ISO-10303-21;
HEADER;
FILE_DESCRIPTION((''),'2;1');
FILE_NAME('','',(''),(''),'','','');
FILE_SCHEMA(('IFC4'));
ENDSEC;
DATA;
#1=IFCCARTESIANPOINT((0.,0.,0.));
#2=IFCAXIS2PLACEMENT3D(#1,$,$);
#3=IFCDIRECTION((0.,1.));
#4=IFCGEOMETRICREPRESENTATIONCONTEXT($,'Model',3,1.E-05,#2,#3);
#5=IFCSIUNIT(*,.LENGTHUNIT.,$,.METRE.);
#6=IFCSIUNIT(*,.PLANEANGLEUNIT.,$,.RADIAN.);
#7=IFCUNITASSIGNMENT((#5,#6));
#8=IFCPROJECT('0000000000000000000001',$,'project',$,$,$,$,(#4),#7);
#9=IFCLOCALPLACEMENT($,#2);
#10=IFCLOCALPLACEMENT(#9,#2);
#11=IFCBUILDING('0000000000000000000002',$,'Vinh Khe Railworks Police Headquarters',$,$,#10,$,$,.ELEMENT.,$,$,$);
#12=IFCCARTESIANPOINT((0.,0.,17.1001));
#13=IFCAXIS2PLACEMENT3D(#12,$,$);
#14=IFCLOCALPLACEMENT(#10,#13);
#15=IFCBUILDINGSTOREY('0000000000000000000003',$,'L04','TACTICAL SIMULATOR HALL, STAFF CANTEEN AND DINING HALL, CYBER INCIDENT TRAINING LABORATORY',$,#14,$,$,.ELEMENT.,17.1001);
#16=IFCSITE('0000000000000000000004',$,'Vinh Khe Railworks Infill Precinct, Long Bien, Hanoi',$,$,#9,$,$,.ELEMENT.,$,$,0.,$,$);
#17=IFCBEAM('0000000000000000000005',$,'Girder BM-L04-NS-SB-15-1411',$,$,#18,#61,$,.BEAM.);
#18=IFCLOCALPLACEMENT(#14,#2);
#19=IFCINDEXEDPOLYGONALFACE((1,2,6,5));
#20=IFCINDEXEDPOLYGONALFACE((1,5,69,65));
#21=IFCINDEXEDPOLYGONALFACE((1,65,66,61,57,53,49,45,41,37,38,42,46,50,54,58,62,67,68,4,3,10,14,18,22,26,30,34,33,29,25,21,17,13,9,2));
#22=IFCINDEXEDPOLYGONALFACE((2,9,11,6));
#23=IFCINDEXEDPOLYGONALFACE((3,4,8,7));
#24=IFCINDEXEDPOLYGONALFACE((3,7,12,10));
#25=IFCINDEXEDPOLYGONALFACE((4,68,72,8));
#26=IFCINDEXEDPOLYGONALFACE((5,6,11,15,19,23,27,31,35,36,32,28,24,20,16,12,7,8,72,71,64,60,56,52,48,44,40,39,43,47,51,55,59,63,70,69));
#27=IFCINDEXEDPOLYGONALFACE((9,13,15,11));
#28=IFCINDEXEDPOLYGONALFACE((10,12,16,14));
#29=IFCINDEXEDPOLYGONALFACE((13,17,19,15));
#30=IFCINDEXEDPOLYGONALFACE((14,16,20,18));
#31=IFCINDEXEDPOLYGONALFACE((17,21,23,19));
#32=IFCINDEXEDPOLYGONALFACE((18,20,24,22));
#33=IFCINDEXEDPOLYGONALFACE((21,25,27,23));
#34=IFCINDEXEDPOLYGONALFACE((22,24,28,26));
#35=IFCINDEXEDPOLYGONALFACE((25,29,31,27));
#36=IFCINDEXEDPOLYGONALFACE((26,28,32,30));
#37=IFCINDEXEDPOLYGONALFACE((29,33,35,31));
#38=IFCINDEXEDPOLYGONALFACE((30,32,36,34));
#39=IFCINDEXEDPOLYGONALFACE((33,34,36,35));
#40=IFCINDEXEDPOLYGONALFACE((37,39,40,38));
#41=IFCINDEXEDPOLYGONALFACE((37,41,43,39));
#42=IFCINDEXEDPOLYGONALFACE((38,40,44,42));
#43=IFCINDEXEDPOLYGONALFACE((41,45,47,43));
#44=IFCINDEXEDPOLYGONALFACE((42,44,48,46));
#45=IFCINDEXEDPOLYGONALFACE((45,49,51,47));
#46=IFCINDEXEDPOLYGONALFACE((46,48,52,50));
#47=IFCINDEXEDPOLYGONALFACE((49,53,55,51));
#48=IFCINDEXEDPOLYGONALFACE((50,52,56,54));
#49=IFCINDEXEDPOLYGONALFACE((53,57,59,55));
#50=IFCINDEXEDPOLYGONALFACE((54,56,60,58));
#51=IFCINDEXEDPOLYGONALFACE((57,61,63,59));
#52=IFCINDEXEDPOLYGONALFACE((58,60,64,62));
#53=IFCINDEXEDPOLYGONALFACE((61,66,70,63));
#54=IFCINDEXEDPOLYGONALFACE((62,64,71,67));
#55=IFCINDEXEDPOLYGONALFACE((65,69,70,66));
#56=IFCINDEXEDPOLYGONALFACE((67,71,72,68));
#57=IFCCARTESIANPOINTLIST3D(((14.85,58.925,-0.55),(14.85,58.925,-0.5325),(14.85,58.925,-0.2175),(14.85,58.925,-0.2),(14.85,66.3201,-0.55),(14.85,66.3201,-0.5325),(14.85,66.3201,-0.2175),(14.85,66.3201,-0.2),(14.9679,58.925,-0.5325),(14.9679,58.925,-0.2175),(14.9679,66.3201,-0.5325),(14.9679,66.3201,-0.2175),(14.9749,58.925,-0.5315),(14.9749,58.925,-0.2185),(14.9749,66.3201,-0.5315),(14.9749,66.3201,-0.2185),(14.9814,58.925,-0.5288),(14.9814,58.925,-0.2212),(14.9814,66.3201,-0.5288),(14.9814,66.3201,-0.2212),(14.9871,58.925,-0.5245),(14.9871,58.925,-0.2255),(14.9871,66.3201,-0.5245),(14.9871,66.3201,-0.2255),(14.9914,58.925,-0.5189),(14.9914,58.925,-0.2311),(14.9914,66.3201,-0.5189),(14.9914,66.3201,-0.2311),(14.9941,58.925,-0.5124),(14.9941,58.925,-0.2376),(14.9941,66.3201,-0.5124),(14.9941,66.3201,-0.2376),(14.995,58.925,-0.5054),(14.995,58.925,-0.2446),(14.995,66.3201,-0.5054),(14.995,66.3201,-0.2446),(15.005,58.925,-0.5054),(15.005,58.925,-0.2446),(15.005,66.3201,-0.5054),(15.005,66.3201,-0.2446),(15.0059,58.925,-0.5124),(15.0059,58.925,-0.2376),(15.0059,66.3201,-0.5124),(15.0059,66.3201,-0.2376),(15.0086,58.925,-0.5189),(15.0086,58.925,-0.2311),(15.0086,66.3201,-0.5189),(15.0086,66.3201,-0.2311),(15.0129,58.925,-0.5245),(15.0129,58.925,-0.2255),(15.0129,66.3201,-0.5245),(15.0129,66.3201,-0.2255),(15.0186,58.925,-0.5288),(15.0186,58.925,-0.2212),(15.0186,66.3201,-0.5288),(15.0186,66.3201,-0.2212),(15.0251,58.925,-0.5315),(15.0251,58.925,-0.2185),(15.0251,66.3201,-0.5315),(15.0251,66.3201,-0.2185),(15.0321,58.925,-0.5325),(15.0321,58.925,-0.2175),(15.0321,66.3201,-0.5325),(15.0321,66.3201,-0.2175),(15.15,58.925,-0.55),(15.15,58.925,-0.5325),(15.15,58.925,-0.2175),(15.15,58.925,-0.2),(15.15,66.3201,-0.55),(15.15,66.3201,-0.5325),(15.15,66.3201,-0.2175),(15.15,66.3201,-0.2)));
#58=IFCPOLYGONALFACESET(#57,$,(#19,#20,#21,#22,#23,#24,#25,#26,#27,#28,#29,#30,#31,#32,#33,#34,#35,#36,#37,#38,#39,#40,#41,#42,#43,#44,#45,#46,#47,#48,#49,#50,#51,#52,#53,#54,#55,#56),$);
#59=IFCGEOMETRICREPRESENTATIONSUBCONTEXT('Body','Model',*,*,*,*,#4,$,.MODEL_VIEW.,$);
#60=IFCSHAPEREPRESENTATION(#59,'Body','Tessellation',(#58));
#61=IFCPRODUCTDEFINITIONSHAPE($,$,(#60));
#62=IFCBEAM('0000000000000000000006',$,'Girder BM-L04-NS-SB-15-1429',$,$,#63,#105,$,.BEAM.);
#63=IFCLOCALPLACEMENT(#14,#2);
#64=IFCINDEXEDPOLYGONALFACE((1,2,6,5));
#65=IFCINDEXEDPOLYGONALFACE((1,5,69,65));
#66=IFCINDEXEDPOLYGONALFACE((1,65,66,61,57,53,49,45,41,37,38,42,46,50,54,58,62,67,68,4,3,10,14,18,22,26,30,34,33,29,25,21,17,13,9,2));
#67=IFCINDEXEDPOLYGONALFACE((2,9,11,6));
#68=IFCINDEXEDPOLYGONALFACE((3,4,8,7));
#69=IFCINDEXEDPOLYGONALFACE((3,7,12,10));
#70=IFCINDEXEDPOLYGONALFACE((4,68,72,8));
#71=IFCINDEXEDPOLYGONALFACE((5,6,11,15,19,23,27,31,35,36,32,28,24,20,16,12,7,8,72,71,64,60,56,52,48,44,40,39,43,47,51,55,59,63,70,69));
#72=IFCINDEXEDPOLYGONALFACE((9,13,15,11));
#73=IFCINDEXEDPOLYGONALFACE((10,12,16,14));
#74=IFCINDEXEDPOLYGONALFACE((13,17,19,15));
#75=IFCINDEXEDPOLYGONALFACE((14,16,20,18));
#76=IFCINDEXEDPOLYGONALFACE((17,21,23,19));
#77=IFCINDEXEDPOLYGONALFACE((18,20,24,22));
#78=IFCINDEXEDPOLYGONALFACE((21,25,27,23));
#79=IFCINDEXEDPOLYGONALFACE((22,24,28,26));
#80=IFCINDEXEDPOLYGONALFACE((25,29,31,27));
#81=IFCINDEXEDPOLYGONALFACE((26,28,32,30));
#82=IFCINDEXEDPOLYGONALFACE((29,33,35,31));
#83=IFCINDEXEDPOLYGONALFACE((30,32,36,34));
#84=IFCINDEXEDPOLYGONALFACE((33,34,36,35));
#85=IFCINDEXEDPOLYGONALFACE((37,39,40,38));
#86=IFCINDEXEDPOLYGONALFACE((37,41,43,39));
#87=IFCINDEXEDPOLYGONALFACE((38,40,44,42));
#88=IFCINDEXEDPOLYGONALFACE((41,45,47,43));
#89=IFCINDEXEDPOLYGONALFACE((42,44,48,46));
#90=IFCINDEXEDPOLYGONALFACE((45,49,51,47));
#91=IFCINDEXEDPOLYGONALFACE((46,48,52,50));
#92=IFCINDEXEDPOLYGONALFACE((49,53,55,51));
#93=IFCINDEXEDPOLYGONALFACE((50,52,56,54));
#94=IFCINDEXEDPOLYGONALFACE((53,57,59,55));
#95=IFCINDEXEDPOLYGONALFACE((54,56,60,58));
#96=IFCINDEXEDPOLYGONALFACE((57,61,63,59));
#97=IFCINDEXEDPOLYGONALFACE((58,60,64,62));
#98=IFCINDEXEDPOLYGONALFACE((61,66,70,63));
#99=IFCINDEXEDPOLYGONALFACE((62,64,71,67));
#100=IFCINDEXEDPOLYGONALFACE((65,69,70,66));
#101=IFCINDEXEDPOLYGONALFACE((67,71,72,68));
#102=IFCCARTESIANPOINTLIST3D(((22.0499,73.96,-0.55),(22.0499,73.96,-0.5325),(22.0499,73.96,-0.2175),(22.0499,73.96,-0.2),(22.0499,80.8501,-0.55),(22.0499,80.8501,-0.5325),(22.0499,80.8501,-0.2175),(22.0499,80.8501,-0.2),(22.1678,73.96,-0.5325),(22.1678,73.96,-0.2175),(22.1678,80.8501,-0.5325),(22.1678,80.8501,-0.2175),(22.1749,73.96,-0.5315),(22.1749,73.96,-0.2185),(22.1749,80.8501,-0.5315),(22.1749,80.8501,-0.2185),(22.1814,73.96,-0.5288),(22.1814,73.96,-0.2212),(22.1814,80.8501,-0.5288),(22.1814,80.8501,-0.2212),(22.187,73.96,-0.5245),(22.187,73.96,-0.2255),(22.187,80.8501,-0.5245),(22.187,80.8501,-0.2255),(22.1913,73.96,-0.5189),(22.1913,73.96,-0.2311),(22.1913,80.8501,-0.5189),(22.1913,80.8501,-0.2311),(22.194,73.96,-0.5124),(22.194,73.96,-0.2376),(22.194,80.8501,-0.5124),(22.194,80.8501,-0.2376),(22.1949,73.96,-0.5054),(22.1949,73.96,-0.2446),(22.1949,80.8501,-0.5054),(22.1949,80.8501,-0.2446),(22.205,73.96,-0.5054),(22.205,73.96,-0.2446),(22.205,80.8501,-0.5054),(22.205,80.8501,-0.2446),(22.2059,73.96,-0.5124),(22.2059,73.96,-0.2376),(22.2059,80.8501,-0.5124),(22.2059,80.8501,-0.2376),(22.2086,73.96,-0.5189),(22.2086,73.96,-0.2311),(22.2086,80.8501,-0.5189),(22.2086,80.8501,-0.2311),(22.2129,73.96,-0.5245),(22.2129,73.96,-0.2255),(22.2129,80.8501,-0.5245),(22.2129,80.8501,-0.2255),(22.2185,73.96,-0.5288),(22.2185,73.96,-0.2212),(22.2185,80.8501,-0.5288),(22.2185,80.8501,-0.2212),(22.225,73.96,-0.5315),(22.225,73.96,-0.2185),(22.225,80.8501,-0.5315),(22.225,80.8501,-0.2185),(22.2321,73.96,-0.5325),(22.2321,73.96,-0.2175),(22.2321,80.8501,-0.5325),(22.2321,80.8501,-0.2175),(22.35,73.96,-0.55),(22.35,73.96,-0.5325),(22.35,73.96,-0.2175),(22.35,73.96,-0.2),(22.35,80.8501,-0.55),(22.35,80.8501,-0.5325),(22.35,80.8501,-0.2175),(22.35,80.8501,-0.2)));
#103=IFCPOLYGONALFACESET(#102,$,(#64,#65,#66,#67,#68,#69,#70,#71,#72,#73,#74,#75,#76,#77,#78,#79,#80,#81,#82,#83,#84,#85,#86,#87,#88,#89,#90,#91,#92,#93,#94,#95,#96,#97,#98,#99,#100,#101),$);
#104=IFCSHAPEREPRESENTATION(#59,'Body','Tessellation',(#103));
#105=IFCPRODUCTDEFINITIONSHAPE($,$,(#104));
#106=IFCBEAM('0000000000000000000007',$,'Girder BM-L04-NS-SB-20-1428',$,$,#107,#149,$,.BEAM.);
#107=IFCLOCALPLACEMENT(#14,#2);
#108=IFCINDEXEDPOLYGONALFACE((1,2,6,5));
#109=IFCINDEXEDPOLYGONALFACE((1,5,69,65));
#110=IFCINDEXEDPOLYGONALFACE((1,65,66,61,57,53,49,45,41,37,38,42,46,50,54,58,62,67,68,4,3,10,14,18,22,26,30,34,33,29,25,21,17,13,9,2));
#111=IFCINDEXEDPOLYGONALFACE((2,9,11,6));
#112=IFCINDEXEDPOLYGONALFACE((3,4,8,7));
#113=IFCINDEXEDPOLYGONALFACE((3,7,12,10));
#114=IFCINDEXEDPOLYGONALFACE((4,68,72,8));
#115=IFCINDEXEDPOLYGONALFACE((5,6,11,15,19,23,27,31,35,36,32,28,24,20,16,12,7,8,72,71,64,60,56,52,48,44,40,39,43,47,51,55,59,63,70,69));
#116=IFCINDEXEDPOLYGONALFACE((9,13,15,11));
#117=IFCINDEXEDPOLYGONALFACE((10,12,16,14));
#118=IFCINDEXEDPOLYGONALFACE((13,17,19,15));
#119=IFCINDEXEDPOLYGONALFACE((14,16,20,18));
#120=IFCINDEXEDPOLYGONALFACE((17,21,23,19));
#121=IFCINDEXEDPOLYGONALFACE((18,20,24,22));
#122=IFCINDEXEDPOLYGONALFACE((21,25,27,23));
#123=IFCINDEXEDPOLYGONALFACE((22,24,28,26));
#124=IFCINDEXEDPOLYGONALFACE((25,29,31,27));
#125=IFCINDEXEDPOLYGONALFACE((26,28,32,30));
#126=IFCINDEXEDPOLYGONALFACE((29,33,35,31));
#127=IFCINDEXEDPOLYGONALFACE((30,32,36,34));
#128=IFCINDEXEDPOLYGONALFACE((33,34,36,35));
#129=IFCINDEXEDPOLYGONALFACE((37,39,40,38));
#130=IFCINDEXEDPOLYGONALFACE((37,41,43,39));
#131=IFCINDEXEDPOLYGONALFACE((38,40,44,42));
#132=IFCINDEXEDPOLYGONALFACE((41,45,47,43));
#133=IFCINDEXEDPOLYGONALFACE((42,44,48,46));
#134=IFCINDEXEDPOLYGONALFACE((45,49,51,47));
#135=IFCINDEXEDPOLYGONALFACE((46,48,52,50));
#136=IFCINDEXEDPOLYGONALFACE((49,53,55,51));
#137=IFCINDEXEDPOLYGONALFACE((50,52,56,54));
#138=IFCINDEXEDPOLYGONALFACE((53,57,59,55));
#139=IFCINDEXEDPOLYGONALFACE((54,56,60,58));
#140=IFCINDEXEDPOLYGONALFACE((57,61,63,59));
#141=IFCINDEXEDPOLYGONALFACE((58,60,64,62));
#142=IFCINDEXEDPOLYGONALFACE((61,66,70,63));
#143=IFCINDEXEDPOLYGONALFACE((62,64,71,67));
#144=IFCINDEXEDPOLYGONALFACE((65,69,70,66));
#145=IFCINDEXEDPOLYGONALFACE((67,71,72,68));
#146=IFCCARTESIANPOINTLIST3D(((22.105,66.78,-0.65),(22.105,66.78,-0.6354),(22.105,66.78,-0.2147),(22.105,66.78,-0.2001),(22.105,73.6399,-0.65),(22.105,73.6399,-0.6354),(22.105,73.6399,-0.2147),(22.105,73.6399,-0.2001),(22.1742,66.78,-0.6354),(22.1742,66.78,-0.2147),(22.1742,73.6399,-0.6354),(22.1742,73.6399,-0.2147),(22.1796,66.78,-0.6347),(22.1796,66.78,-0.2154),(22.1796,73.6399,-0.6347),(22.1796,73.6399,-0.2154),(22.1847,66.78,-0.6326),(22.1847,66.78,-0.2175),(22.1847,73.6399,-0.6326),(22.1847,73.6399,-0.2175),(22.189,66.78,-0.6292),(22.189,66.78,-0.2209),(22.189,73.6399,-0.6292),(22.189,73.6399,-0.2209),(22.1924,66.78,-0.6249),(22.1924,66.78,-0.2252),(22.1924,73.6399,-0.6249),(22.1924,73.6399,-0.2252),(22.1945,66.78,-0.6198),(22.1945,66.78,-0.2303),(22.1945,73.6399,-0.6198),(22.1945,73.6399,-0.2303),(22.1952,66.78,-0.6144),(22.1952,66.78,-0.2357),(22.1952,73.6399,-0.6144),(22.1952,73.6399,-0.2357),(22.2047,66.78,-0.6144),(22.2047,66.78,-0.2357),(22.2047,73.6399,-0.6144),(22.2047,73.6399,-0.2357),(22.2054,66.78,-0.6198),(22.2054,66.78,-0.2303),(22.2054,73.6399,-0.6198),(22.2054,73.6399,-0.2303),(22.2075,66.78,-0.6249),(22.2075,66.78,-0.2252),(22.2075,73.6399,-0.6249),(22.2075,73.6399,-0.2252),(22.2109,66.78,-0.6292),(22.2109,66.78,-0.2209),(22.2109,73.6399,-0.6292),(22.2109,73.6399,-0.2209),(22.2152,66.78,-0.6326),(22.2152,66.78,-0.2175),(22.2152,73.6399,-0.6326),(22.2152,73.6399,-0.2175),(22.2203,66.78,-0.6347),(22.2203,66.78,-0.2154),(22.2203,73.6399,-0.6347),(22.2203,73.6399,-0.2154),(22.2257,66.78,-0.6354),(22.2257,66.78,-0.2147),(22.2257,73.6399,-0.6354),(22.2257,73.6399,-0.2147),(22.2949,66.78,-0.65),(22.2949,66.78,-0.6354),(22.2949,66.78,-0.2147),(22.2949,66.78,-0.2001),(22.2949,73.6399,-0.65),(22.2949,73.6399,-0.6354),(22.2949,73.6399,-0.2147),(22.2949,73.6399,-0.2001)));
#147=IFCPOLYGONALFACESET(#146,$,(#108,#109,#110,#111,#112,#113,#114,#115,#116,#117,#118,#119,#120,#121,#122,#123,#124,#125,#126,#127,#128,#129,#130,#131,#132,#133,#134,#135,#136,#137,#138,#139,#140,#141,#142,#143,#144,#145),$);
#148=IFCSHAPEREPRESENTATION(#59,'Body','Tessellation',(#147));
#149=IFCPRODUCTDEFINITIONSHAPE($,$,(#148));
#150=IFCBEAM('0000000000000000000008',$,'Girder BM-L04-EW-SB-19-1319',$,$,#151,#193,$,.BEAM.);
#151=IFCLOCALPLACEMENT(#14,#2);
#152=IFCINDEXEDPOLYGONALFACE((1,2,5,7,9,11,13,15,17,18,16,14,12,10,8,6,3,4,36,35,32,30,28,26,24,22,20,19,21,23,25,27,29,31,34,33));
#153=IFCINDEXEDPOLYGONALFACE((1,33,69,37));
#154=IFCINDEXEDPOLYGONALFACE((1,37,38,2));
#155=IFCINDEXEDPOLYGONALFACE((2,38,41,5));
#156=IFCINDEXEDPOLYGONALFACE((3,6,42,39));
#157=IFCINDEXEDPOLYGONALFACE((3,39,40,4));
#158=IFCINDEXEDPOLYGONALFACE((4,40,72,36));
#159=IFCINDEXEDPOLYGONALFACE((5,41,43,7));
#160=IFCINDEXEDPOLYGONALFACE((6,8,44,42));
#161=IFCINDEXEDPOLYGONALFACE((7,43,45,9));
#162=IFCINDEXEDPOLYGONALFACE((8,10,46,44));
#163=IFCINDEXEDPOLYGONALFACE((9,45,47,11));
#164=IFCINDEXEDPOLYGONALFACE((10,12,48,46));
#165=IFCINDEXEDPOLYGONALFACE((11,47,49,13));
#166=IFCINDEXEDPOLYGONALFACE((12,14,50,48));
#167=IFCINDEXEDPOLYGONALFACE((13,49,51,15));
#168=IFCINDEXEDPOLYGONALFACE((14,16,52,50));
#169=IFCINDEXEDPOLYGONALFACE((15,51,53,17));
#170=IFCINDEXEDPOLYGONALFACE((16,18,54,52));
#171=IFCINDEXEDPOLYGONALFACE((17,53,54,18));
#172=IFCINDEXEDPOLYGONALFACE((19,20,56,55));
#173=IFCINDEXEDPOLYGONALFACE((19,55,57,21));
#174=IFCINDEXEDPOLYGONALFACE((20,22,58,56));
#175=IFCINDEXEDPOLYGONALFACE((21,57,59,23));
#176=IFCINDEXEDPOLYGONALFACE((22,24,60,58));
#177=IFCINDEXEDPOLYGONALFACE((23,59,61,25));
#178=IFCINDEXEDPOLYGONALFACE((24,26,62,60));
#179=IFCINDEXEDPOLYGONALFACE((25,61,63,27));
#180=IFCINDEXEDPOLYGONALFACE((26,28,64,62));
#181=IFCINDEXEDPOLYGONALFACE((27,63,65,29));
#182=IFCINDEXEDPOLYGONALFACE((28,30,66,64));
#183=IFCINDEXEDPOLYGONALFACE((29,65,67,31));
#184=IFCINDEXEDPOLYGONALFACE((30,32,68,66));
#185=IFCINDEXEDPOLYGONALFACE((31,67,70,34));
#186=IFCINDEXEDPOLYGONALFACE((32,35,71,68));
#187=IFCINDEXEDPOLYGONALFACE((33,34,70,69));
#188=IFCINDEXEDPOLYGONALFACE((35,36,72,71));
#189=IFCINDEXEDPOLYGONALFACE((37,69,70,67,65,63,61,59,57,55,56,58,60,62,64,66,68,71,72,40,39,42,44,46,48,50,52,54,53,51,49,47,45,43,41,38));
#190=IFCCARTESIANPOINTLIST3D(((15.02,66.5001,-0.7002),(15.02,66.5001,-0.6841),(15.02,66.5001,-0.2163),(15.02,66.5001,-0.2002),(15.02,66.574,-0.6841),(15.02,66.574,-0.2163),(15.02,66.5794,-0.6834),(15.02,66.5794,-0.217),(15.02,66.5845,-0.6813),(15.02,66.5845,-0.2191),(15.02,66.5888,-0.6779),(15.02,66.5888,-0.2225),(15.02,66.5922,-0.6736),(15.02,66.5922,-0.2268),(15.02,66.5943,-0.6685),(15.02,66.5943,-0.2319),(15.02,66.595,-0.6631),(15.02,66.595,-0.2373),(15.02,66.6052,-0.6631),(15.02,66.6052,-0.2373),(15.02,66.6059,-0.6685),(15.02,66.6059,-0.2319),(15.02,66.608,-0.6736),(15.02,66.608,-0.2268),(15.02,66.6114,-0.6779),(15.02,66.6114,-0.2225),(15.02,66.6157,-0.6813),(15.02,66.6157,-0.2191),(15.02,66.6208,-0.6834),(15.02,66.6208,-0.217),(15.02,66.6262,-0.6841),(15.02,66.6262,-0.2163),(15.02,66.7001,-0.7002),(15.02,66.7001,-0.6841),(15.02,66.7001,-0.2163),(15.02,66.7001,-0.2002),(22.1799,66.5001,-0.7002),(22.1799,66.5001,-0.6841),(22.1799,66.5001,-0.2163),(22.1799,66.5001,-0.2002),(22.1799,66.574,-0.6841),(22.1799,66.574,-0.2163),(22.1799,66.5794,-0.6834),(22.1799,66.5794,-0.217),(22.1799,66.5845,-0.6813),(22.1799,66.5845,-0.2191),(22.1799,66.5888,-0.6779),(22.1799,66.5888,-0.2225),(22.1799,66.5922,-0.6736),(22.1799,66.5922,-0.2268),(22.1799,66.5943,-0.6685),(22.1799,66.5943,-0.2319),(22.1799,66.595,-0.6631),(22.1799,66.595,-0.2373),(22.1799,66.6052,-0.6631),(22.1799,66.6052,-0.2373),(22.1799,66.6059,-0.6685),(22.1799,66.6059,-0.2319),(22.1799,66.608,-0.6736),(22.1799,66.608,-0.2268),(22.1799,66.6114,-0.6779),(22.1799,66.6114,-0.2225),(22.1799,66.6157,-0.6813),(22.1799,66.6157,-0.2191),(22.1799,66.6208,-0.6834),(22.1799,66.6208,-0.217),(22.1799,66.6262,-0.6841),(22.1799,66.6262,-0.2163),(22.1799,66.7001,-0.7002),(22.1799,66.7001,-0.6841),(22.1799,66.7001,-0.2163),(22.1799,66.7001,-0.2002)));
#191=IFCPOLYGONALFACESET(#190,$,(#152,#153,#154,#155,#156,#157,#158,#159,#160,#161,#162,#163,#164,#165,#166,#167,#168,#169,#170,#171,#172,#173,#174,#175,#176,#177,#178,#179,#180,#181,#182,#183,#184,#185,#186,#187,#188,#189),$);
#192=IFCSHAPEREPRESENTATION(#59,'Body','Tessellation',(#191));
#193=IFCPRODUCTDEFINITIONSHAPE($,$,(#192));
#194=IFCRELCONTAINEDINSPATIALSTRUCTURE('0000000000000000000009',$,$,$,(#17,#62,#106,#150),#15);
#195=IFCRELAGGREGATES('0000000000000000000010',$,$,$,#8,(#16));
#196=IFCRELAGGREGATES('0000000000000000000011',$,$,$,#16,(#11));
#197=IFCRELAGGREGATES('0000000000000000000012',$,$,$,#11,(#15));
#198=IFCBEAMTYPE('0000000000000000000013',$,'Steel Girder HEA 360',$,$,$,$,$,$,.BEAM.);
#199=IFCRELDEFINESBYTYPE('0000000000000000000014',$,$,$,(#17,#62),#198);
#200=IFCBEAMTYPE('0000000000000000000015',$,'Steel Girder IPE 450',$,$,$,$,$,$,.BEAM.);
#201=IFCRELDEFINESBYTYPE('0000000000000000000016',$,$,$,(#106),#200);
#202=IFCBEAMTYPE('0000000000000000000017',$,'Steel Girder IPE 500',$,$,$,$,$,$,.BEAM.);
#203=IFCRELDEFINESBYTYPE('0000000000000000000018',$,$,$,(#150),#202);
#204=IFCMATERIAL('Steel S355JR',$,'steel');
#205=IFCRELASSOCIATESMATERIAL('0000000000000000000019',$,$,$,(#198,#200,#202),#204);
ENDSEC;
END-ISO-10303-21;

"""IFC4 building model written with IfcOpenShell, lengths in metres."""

from ifc_helpers import new_model, si_unit, direction, frame, origin, origin_2d, place, context, subcontext, project, spatial, i_section, extrude, material, material_profile, profile_set, type_object, element, save


model = new_model("IFC4")

# Units and contexts
model_context = context("Model", 3, precision=1e-05, world=origin(), true_north=direction((0.0, 1.0)))
body_context = subcontext(model_context, "Body", "Model", "MODEL_VIEW")
ifc_project = project(units=[si_unit("LENGTHUNIT", "METRE"), si_unit("PLANEANGLEUNIT", "RADIAN")], contexts=[model_context])

# Site, building, storey
site_placement = place(None, origin())
site = spatial("IfcSite", under=ifc_project, at=site_placement, Name="Vinh Khe Railworks Infill Precinct, Long Bien, Hanoi", CompositionType="ELEMENT", RefElevation=0.0)
building_placement = place(site_placement, origin())
building = spatial("IfcBuilding", under=site, at=building_placement, Name="Vinh Khe Railworks Police Headquarters", CompositionType="ELEMENT")
storey_placement = place(building_placement, frame((0.0, 0.0, 17.1001)))
storey = spatial("IfcBuildingStorey", under=building, at=storey_placement, Name="L04", Description="TACTICAL SIMULATOR HALL, STAFF CANTEEN AND DINING HALL, CYBER INCIDENT TRAINING LABORATORY", CompositionType="ELEMENT", Elevation=17.1001)

# Shared definitions
ifc_material_1 = material(Name="Steel S355JR", Category="steel")

# Beams
ifc_material_profile_1 = material_profile(ifc_material_1, i_section(OverallWidth=0.3, OverallDepth=0.3501, WebThickness=0.01, FlangeThickness=0.0176, FilletRadius=0.0271, at=origin_2d()), Name="HEA 360")
ifc_profile_set_1 = profile_set([ifc_material_profile_1], Name="Steel S355JR")
beam_type_1 = type_object("IfcBeamType", Name="Steel Girder HEA 360", PredefinedType="BEAM", material=ifc_profile_set_1)
beam_1_placement = place(storey_placement, frame((15.0, 58.925, -0.375), z_axis=(0.0, 1.0, 0.0), x_axis=(-1.0, 0.0, 0.0)))
element("IfcBeam", 1, at=beam_1_placement, inside=storey, type_object=beam_type_1, Name="Girder BM-L04-NS-SB-15-1411", PredefinedType="BEAM", context=body_context, shape_type="SweptSolid", body=[
    extrude(i_section(OverallWidth=0.3, OverallDepth=0.3501, WebThickness=0.01, FlangeThickness=0.0176, FilletRadius=0.0271, at=origin_2d()), origin(), (0.0, 0.0, 1.0), 7.395),
])
beam_2_placement = place(storey_placement, frame((22.2, 73.96, -0.375), z_axis=(0.0, 1.0, 0.0), x_axis=(-1.0, 0.0, 0.0)))
element("IfcBeam", 2, at=beam_2_placement, inside=storey, type_object=beam_type_1, Name="Girder BM-L04-NS-SB-15-1429", PredefinedType="BEAM", context=body_context, shape_type="SweptSolid", body=[
    extrude(i_section(OverallWidth=0.3, OverallDepth=0.3501, WebThickness=0.01, FlangeThickness=0.0176, FilletRadius=0.0271, at=origin_2d()), origin(), (0.0, 0.0, 1.0), 6.8901),
])
ifc_material_profile_2 = material_profile(ifc_material_1, i_section(OverallWidth=0.1899, OverallDepth=0.45, WebThickness=0.0095, FlangeThickness=0.0146, FilletRadius=0.021, at=origin_2d()), Name="IPE 450")
ifc_profile_set_2 = profile_set([ifc_material_profile_2], Name="Steel S355JR")
beam_type_2 = type_object("IfcBeamType", Name="Steel Girder IPE 450", PredefinedType="BEAM", material=ifc_profile_set_2)
beam_3_placement = place(storey_placement, frame((22.2, 66.78, -0.425), z_axis=(0.0, 1.0, 0.0), x_axis=(-1.0, 0.0, 0.0)))
element("IfcBeam", 3, at=beam_3_placement, inside=storey, type_object=beam_type_2, Name="Girder BM-L04-NS-SB-20-1428", PredefinedType="BEAM", context=body_context, shape_type="SweptSolid", body=[
    extrude(i_section(OverallWidth=0.1899, OverallDepth=0.45, WebThickness=0.0095, FlangeThickness=0.0146, FilletRadius=0.021, at=origin_2d()), origin(), (0.0, 0.0, 1.0), 6.8599),
])
ifc_material_profile_3 = material_profile(ifc_material_1, i_section(OverallWidth=0.2, OverallDepth=0.5, WebThickness=0.0103, FlangeThickness=0.0161, FilletRadius=0.021, at=origin_2d()), Name="IPE 500")
ifc_profile_set_3 = profile_set([ifc_material_profile_3], Name="Steel S355JR")
beam_type_3 = type_object("IfcBeamType", Name="Steel Girder IPE 500", PredefinedType="BEAM", material=ifc_profile_set_3)
for number, where, z_axis, x_axis, name in (
    (4, (15.02, 66.6001, -0.4502), (1.0, 0.0, 0.0), (0.0, 1.0, 0.0), "Girder BM-L04-EW-SB-19-1319"),
):
    element("IfcBeam", number, at=place(storey_placement, frame(where, z_axis=z_axis, x_axis=x_axis)), inside=storey, type_object=beam_type_3, Name=name, PredefinedType="BEAM", context=body_context, shape_type="SweptSolid", body=[
        extrude(i_section(OverallWidth=0.2, OverallDepth=0.5, WebThickness=0.0103, FlangeThickness=0.0161, FilletRadius=0.021, at=origin_2d()), origin(), (0.0, 0.0, 1.0), 7.1599),
    ])

save(model, "model.ifc")
